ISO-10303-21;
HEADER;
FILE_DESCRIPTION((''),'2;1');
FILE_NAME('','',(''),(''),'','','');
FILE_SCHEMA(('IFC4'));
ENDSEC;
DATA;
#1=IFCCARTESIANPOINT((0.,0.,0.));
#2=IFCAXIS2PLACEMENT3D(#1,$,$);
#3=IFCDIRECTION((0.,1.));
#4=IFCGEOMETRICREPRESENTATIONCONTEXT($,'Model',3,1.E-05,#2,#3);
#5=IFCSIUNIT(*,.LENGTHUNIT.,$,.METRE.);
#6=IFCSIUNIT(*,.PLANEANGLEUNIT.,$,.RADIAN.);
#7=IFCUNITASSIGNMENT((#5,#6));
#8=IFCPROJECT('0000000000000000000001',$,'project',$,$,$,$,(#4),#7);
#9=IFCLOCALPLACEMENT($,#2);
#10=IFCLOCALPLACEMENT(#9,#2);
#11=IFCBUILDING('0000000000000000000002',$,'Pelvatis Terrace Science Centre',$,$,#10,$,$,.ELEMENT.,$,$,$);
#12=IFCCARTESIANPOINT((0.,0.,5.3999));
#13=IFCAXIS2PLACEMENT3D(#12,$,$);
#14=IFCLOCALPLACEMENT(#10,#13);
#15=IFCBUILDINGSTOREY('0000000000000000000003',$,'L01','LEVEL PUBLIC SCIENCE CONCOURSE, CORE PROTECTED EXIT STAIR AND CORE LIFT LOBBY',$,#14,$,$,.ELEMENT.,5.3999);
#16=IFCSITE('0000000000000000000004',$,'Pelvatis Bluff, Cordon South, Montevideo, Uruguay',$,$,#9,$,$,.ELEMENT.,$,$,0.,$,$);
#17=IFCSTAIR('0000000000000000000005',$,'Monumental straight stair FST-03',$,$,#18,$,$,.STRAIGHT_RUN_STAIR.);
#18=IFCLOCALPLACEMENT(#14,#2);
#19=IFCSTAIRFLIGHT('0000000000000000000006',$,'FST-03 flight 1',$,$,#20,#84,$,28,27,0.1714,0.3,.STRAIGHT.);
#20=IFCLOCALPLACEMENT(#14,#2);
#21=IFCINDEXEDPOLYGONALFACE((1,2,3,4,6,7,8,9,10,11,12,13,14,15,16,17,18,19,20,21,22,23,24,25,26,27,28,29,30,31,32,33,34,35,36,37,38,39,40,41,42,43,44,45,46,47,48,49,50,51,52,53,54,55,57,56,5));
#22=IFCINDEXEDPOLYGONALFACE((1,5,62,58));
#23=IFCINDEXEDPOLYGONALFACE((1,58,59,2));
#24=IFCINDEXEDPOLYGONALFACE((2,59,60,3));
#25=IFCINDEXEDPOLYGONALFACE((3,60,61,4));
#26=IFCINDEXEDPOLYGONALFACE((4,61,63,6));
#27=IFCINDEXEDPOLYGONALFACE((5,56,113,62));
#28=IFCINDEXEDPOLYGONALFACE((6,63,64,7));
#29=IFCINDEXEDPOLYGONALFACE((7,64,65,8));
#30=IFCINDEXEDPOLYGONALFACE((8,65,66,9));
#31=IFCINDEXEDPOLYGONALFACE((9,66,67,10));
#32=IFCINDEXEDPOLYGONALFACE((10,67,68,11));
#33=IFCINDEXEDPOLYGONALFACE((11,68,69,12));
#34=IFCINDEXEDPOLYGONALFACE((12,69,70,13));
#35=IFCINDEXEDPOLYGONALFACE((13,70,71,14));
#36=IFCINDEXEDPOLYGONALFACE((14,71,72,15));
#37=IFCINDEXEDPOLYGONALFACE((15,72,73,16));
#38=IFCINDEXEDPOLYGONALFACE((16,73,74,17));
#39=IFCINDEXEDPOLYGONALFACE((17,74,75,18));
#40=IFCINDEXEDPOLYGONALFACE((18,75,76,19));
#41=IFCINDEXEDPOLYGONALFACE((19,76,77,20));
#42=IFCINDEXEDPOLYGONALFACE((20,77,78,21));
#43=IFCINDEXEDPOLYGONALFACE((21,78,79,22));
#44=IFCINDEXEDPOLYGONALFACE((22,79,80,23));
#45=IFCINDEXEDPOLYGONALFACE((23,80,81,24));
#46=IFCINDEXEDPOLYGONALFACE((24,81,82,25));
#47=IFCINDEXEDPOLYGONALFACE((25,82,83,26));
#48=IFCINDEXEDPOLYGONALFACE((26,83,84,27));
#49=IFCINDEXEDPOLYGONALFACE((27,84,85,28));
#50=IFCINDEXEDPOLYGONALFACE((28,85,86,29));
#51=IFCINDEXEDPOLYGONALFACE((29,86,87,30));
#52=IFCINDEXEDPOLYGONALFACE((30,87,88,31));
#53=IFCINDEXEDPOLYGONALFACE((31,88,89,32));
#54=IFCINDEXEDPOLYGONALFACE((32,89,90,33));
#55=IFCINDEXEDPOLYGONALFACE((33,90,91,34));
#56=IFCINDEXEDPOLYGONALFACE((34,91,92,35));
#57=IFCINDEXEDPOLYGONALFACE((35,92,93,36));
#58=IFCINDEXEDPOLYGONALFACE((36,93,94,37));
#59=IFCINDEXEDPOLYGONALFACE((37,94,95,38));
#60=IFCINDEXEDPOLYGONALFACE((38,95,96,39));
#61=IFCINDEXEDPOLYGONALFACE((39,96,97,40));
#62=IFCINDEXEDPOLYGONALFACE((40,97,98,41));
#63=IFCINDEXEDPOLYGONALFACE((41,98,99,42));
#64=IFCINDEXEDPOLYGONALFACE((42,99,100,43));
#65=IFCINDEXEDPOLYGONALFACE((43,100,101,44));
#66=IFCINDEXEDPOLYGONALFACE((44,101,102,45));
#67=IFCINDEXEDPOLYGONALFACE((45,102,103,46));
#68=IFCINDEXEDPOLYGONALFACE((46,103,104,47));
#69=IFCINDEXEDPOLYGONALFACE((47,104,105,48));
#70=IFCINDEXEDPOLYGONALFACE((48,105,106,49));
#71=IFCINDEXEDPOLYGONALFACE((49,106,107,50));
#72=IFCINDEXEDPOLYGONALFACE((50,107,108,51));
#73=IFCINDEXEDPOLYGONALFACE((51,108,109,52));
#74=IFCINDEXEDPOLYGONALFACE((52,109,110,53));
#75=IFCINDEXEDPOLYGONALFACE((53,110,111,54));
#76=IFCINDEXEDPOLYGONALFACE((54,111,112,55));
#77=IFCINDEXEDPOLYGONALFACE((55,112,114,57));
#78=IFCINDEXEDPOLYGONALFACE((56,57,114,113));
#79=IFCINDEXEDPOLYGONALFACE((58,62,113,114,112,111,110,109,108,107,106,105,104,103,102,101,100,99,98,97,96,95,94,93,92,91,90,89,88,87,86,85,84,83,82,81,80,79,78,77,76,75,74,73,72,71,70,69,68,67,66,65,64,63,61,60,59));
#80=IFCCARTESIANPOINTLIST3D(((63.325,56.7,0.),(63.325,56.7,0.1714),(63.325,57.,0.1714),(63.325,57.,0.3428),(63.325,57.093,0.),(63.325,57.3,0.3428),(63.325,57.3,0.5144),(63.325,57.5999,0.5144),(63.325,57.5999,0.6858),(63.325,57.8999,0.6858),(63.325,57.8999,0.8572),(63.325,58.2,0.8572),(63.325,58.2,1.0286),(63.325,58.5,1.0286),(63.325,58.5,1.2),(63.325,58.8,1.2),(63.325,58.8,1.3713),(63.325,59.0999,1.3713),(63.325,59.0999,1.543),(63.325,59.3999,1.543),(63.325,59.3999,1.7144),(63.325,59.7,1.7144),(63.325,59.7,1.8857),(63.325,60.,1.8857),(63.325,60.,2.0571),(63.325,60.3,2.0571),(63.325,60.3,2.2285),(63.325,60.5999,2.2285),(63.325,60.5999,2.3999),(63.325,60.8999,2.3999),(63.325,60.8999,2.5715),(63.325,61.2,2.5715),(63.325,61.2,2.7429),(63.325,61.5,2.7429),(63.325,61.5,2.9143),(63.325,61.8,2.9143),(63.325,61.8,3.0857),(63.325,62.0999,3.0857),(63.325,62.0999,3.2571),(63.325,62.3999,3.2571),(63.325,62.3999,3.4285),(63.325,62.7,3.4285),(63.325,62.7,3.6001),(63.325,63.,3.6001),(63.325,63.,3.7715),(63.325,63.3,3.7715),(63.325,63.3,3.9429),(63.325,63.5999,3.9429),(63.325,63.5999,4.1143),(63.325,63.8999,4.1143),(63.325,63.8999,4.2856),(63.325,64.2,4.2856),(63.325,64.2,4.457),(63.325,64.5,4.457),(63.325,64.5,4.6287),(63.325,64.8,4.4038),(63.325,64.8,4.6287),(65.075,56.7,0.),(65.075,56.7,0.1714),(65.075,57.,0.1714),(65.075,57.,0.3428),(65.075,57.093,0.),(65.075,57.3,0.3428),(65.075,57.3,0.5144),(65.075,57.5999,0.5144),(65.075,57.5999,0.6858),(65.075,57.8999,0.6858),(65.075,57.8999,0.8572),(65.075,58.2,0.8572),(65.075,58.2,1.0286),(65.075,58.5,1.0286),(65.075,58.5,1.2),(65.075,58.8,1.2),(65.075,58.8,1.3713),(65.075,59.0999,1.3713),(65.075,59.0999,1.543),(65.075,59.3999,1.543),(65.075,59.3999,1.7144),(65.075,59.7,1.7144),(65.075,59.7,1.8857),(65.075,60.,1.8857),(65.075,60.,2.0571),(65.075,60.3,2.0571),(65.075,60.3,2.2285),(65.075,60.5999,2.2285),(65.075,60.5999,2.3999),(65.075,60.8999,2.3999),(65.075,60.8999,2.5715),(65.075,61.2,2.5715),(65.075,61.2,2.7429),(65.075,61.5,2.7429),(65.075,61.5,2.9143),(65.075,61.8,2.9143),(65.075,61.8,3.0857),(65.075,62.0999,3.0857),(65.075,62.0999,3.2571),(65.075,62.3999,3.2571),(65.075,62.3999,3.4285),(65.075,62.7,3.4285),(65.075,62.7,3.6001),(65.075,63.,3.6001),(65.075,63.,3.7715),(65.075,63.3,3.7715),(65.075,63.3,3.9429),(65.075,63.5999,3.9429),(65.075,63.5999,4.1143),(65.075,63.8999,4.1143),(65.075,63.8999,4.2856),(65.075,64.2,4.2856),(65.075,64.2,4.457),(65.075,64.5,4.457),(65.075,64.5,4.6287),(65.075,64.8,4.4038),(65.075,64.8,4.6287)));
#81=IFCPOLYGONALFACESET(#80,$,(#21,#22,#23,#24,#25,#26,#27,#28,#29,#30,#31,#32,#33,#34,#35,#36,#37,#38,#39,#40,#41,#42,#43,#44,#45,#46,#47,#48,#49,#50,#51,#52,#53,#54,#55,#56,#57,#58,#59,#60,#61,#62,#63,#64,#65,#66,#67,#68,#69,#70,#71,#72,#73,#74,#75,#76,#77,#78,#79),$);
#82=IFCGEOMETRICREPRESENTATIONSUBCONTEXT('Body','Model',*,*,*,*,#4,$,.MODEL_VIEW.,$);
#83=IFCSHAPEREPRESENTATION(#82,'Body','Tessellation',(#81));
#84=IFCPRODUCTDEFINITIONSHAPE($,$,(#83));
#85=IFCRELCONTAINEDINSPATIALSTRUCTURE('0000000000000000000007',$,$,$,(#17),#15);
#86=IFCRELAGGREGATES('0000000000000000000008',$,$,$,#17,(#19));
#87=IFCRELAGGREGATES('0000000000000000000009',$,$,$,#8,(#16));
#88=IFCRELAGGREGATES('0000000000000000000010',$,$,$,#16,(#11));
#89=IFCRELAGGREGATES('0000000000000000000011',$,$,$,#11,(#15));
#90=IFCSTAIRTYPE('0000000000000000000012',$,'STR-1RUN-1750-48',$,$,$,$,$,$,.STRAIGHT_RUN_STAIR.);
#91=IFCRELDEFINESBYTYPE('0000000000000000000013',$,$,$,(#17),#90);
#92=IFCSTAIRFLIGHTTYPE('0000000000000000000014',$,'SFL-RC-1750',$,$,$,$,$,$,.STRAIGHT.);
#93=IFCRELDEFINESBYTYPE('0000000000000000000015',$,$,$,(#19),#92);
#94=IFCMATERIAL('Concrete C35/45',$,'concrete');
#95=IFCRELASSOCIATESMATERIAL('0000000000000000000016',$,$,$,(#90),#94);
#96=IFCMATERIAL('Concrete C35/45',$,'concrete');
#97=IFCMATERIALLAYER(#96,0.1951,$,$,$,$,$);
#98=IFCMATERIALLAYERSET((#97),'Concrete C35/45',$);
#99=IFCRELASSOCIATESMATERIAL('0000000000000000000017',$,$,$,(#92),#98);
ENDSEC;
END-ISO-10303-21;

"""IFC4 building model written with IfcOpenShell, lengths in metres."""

from ifc_helpers import new_model, si_unit, direction, frame, origin, place, context, subcontext, project, spatial, polyline, outline, extrude, material, layer, layer_set, type_object, element, aggregate, save


model = new_model("IFC4")

# Units and contexts
model_context = context("Model", 3, precision=1e-05, world=origin(), true_north=direction((0.0, 1.0)))
body_context = subcontext(model_context, "Body", "Model", "MODEL_VIEW")
ifc_project = project(units=[si_unit("LENGTHUNIT", "METRE"), si_unit("PLANEANGLEUNIT", "RADIAN")], contexts=[model_context])

# Site, building, storey
site_placement = place(None, origin())
site = spatial("IfcSite", under=ifc_project, at=site_placement, Name="Pelvatis Bluff, Cordon South, Montevideo, Uruguay", CompositionType="ELEMENT", RefElevation=0.0)
building_placement = place(site_placement, origin())
building = spatial("IfcBuilding", under=site, at=building_placement, Name="Pelvatis Terrace Science Centre", CompositionType="ELEMENT")
storey_placement = place(building_placement, frame((0.0, 0.0, 5.3999)))
storey = spatial("IfcBuildingStorey", under=building, at=storey_placement, Name="L01", Description="LEVEL PUBLIC SCIENCE CONCOURSE, CORE PROTECTED EXIT STAIR AND CORE LIFT LOBBY", CompositionType="ELEMENT", Elevation=5.3999)

# Stair, stair flight
ifc_material_1 = material(Name="Concrete C35/45", Category="concrete")
stair_type_1 = type_object("IfcStairType", Name="STR-1RUN-1750-48", PredefinedType="STRAIGHT_RUN_STAIR", material=ifc_material_1)
stair_1_placement = place(storey_placement, origin())
stair_1 = element("IfcStair", 1, at=stair_1_placement, inside=storey, type_object=stair_type_1, Name="Monumental straight stair FST-03", PredefinedType="STRAIGHT_RUN_STAIR")
ifc_material_2 = material(Name="Concrete C35/45", Category="concrete")
ifc_layer_1 = layer(ifc_material_2, 0.1951)
ifc_layer_set_1 = layer_set([ifc_layer_1], Name="Concrete C35/45")
stair_flight_type_1 = type_object("IfcStairFlightType", Name="SFL-RC-1750", PredefinedType="STRAIGHT", material=ifc_layer_set_1)
stair_flight_1_placement = place(storey_placement, frame((64.2, 56.7, 0.0), z_axis=(0.0, 0.0, 1.0), x_axis=(0.0, 1.0, 0.0)))
stair_flight_1 = element("IfcStairFlight", 2, at=stair_flight_1_placement, type_object=stair_flight_type_1, Name="FST-03 flight 1", NumberOfRisers=28, NumberOfTreads=27, PredefinedType="STRAIGHT", RiserHeight=0.1714, TreadLength=0.3, context=body_context, shape_type="SweptSolid", body=[
    extrude(outline(polyline([(0.0, 0.0), (0.0, 0.1714), (0.3, 0.1714), (0.3, 0.3428), (0.6001, 0.3428), (0.6001, 0.5144), (0.8999, 0.5144), (0.8999, 0.6858), (1.2, 0.6858), (1.2, 0.8572), (1.5, 0.8572), (1.5, 1.0286), (1.8, 1.0286), (1.8, 1.2), (2.1001, 1.2), (2.1001, 1.3713), (2.3999, 1.3713), (2.3999, 1.543), (2.7, 1.543), (2.7, 1.7144), (3.0, 1.7144), (3.0, 1.8857), (3.3, 1.8857), (3.3, 2.0571), (3.6001, 2.0571), (3.6001, 2.2285), (3.8999, 2.2285), (3.8999, 2.3999), (4.2, 2.3999), (4.2, 2.5715), (4.5, 2.5715), (4.5, 2.7429), (4.8, 2.7429), (4.8, 2.9143), (5.1001, 2.9143), (5.1001, 3.0857), (5.3999, 3.0857), (5.3999, 3.2571), (5.7, 3.2571), (5.7, 3.4285), (6.0, 3.4285), (6.0, 3.6001), (6.3, 3.6001), (6.3, 3.7715), (6.6001, 3.7715), (6.6001, 3.9429), (6.8999, 3.9429), (6.8999, 4.1143), (7.2, 4.1143), (7.2, 4.2856), (7.5, 4.2856), (7.5, 4.457), (7.8, 4.457), (7.8, 4.6287), (8.1001, 4.6287), (8.1001, 4.8), (8.1001, 4.4038), (0.3931, 0.0), (0.0, 0.0)])), frame((0.0, 0.875, 0.0), z_axis=(0.0, -1.0, 0.0), x_axis=(1.0, 0.0, 0.0)), (0.0, 0.0, 1.0), 1.75),
])
aggregate(stair_1, [stair_flight_1])

save(model, "model.ifc")
